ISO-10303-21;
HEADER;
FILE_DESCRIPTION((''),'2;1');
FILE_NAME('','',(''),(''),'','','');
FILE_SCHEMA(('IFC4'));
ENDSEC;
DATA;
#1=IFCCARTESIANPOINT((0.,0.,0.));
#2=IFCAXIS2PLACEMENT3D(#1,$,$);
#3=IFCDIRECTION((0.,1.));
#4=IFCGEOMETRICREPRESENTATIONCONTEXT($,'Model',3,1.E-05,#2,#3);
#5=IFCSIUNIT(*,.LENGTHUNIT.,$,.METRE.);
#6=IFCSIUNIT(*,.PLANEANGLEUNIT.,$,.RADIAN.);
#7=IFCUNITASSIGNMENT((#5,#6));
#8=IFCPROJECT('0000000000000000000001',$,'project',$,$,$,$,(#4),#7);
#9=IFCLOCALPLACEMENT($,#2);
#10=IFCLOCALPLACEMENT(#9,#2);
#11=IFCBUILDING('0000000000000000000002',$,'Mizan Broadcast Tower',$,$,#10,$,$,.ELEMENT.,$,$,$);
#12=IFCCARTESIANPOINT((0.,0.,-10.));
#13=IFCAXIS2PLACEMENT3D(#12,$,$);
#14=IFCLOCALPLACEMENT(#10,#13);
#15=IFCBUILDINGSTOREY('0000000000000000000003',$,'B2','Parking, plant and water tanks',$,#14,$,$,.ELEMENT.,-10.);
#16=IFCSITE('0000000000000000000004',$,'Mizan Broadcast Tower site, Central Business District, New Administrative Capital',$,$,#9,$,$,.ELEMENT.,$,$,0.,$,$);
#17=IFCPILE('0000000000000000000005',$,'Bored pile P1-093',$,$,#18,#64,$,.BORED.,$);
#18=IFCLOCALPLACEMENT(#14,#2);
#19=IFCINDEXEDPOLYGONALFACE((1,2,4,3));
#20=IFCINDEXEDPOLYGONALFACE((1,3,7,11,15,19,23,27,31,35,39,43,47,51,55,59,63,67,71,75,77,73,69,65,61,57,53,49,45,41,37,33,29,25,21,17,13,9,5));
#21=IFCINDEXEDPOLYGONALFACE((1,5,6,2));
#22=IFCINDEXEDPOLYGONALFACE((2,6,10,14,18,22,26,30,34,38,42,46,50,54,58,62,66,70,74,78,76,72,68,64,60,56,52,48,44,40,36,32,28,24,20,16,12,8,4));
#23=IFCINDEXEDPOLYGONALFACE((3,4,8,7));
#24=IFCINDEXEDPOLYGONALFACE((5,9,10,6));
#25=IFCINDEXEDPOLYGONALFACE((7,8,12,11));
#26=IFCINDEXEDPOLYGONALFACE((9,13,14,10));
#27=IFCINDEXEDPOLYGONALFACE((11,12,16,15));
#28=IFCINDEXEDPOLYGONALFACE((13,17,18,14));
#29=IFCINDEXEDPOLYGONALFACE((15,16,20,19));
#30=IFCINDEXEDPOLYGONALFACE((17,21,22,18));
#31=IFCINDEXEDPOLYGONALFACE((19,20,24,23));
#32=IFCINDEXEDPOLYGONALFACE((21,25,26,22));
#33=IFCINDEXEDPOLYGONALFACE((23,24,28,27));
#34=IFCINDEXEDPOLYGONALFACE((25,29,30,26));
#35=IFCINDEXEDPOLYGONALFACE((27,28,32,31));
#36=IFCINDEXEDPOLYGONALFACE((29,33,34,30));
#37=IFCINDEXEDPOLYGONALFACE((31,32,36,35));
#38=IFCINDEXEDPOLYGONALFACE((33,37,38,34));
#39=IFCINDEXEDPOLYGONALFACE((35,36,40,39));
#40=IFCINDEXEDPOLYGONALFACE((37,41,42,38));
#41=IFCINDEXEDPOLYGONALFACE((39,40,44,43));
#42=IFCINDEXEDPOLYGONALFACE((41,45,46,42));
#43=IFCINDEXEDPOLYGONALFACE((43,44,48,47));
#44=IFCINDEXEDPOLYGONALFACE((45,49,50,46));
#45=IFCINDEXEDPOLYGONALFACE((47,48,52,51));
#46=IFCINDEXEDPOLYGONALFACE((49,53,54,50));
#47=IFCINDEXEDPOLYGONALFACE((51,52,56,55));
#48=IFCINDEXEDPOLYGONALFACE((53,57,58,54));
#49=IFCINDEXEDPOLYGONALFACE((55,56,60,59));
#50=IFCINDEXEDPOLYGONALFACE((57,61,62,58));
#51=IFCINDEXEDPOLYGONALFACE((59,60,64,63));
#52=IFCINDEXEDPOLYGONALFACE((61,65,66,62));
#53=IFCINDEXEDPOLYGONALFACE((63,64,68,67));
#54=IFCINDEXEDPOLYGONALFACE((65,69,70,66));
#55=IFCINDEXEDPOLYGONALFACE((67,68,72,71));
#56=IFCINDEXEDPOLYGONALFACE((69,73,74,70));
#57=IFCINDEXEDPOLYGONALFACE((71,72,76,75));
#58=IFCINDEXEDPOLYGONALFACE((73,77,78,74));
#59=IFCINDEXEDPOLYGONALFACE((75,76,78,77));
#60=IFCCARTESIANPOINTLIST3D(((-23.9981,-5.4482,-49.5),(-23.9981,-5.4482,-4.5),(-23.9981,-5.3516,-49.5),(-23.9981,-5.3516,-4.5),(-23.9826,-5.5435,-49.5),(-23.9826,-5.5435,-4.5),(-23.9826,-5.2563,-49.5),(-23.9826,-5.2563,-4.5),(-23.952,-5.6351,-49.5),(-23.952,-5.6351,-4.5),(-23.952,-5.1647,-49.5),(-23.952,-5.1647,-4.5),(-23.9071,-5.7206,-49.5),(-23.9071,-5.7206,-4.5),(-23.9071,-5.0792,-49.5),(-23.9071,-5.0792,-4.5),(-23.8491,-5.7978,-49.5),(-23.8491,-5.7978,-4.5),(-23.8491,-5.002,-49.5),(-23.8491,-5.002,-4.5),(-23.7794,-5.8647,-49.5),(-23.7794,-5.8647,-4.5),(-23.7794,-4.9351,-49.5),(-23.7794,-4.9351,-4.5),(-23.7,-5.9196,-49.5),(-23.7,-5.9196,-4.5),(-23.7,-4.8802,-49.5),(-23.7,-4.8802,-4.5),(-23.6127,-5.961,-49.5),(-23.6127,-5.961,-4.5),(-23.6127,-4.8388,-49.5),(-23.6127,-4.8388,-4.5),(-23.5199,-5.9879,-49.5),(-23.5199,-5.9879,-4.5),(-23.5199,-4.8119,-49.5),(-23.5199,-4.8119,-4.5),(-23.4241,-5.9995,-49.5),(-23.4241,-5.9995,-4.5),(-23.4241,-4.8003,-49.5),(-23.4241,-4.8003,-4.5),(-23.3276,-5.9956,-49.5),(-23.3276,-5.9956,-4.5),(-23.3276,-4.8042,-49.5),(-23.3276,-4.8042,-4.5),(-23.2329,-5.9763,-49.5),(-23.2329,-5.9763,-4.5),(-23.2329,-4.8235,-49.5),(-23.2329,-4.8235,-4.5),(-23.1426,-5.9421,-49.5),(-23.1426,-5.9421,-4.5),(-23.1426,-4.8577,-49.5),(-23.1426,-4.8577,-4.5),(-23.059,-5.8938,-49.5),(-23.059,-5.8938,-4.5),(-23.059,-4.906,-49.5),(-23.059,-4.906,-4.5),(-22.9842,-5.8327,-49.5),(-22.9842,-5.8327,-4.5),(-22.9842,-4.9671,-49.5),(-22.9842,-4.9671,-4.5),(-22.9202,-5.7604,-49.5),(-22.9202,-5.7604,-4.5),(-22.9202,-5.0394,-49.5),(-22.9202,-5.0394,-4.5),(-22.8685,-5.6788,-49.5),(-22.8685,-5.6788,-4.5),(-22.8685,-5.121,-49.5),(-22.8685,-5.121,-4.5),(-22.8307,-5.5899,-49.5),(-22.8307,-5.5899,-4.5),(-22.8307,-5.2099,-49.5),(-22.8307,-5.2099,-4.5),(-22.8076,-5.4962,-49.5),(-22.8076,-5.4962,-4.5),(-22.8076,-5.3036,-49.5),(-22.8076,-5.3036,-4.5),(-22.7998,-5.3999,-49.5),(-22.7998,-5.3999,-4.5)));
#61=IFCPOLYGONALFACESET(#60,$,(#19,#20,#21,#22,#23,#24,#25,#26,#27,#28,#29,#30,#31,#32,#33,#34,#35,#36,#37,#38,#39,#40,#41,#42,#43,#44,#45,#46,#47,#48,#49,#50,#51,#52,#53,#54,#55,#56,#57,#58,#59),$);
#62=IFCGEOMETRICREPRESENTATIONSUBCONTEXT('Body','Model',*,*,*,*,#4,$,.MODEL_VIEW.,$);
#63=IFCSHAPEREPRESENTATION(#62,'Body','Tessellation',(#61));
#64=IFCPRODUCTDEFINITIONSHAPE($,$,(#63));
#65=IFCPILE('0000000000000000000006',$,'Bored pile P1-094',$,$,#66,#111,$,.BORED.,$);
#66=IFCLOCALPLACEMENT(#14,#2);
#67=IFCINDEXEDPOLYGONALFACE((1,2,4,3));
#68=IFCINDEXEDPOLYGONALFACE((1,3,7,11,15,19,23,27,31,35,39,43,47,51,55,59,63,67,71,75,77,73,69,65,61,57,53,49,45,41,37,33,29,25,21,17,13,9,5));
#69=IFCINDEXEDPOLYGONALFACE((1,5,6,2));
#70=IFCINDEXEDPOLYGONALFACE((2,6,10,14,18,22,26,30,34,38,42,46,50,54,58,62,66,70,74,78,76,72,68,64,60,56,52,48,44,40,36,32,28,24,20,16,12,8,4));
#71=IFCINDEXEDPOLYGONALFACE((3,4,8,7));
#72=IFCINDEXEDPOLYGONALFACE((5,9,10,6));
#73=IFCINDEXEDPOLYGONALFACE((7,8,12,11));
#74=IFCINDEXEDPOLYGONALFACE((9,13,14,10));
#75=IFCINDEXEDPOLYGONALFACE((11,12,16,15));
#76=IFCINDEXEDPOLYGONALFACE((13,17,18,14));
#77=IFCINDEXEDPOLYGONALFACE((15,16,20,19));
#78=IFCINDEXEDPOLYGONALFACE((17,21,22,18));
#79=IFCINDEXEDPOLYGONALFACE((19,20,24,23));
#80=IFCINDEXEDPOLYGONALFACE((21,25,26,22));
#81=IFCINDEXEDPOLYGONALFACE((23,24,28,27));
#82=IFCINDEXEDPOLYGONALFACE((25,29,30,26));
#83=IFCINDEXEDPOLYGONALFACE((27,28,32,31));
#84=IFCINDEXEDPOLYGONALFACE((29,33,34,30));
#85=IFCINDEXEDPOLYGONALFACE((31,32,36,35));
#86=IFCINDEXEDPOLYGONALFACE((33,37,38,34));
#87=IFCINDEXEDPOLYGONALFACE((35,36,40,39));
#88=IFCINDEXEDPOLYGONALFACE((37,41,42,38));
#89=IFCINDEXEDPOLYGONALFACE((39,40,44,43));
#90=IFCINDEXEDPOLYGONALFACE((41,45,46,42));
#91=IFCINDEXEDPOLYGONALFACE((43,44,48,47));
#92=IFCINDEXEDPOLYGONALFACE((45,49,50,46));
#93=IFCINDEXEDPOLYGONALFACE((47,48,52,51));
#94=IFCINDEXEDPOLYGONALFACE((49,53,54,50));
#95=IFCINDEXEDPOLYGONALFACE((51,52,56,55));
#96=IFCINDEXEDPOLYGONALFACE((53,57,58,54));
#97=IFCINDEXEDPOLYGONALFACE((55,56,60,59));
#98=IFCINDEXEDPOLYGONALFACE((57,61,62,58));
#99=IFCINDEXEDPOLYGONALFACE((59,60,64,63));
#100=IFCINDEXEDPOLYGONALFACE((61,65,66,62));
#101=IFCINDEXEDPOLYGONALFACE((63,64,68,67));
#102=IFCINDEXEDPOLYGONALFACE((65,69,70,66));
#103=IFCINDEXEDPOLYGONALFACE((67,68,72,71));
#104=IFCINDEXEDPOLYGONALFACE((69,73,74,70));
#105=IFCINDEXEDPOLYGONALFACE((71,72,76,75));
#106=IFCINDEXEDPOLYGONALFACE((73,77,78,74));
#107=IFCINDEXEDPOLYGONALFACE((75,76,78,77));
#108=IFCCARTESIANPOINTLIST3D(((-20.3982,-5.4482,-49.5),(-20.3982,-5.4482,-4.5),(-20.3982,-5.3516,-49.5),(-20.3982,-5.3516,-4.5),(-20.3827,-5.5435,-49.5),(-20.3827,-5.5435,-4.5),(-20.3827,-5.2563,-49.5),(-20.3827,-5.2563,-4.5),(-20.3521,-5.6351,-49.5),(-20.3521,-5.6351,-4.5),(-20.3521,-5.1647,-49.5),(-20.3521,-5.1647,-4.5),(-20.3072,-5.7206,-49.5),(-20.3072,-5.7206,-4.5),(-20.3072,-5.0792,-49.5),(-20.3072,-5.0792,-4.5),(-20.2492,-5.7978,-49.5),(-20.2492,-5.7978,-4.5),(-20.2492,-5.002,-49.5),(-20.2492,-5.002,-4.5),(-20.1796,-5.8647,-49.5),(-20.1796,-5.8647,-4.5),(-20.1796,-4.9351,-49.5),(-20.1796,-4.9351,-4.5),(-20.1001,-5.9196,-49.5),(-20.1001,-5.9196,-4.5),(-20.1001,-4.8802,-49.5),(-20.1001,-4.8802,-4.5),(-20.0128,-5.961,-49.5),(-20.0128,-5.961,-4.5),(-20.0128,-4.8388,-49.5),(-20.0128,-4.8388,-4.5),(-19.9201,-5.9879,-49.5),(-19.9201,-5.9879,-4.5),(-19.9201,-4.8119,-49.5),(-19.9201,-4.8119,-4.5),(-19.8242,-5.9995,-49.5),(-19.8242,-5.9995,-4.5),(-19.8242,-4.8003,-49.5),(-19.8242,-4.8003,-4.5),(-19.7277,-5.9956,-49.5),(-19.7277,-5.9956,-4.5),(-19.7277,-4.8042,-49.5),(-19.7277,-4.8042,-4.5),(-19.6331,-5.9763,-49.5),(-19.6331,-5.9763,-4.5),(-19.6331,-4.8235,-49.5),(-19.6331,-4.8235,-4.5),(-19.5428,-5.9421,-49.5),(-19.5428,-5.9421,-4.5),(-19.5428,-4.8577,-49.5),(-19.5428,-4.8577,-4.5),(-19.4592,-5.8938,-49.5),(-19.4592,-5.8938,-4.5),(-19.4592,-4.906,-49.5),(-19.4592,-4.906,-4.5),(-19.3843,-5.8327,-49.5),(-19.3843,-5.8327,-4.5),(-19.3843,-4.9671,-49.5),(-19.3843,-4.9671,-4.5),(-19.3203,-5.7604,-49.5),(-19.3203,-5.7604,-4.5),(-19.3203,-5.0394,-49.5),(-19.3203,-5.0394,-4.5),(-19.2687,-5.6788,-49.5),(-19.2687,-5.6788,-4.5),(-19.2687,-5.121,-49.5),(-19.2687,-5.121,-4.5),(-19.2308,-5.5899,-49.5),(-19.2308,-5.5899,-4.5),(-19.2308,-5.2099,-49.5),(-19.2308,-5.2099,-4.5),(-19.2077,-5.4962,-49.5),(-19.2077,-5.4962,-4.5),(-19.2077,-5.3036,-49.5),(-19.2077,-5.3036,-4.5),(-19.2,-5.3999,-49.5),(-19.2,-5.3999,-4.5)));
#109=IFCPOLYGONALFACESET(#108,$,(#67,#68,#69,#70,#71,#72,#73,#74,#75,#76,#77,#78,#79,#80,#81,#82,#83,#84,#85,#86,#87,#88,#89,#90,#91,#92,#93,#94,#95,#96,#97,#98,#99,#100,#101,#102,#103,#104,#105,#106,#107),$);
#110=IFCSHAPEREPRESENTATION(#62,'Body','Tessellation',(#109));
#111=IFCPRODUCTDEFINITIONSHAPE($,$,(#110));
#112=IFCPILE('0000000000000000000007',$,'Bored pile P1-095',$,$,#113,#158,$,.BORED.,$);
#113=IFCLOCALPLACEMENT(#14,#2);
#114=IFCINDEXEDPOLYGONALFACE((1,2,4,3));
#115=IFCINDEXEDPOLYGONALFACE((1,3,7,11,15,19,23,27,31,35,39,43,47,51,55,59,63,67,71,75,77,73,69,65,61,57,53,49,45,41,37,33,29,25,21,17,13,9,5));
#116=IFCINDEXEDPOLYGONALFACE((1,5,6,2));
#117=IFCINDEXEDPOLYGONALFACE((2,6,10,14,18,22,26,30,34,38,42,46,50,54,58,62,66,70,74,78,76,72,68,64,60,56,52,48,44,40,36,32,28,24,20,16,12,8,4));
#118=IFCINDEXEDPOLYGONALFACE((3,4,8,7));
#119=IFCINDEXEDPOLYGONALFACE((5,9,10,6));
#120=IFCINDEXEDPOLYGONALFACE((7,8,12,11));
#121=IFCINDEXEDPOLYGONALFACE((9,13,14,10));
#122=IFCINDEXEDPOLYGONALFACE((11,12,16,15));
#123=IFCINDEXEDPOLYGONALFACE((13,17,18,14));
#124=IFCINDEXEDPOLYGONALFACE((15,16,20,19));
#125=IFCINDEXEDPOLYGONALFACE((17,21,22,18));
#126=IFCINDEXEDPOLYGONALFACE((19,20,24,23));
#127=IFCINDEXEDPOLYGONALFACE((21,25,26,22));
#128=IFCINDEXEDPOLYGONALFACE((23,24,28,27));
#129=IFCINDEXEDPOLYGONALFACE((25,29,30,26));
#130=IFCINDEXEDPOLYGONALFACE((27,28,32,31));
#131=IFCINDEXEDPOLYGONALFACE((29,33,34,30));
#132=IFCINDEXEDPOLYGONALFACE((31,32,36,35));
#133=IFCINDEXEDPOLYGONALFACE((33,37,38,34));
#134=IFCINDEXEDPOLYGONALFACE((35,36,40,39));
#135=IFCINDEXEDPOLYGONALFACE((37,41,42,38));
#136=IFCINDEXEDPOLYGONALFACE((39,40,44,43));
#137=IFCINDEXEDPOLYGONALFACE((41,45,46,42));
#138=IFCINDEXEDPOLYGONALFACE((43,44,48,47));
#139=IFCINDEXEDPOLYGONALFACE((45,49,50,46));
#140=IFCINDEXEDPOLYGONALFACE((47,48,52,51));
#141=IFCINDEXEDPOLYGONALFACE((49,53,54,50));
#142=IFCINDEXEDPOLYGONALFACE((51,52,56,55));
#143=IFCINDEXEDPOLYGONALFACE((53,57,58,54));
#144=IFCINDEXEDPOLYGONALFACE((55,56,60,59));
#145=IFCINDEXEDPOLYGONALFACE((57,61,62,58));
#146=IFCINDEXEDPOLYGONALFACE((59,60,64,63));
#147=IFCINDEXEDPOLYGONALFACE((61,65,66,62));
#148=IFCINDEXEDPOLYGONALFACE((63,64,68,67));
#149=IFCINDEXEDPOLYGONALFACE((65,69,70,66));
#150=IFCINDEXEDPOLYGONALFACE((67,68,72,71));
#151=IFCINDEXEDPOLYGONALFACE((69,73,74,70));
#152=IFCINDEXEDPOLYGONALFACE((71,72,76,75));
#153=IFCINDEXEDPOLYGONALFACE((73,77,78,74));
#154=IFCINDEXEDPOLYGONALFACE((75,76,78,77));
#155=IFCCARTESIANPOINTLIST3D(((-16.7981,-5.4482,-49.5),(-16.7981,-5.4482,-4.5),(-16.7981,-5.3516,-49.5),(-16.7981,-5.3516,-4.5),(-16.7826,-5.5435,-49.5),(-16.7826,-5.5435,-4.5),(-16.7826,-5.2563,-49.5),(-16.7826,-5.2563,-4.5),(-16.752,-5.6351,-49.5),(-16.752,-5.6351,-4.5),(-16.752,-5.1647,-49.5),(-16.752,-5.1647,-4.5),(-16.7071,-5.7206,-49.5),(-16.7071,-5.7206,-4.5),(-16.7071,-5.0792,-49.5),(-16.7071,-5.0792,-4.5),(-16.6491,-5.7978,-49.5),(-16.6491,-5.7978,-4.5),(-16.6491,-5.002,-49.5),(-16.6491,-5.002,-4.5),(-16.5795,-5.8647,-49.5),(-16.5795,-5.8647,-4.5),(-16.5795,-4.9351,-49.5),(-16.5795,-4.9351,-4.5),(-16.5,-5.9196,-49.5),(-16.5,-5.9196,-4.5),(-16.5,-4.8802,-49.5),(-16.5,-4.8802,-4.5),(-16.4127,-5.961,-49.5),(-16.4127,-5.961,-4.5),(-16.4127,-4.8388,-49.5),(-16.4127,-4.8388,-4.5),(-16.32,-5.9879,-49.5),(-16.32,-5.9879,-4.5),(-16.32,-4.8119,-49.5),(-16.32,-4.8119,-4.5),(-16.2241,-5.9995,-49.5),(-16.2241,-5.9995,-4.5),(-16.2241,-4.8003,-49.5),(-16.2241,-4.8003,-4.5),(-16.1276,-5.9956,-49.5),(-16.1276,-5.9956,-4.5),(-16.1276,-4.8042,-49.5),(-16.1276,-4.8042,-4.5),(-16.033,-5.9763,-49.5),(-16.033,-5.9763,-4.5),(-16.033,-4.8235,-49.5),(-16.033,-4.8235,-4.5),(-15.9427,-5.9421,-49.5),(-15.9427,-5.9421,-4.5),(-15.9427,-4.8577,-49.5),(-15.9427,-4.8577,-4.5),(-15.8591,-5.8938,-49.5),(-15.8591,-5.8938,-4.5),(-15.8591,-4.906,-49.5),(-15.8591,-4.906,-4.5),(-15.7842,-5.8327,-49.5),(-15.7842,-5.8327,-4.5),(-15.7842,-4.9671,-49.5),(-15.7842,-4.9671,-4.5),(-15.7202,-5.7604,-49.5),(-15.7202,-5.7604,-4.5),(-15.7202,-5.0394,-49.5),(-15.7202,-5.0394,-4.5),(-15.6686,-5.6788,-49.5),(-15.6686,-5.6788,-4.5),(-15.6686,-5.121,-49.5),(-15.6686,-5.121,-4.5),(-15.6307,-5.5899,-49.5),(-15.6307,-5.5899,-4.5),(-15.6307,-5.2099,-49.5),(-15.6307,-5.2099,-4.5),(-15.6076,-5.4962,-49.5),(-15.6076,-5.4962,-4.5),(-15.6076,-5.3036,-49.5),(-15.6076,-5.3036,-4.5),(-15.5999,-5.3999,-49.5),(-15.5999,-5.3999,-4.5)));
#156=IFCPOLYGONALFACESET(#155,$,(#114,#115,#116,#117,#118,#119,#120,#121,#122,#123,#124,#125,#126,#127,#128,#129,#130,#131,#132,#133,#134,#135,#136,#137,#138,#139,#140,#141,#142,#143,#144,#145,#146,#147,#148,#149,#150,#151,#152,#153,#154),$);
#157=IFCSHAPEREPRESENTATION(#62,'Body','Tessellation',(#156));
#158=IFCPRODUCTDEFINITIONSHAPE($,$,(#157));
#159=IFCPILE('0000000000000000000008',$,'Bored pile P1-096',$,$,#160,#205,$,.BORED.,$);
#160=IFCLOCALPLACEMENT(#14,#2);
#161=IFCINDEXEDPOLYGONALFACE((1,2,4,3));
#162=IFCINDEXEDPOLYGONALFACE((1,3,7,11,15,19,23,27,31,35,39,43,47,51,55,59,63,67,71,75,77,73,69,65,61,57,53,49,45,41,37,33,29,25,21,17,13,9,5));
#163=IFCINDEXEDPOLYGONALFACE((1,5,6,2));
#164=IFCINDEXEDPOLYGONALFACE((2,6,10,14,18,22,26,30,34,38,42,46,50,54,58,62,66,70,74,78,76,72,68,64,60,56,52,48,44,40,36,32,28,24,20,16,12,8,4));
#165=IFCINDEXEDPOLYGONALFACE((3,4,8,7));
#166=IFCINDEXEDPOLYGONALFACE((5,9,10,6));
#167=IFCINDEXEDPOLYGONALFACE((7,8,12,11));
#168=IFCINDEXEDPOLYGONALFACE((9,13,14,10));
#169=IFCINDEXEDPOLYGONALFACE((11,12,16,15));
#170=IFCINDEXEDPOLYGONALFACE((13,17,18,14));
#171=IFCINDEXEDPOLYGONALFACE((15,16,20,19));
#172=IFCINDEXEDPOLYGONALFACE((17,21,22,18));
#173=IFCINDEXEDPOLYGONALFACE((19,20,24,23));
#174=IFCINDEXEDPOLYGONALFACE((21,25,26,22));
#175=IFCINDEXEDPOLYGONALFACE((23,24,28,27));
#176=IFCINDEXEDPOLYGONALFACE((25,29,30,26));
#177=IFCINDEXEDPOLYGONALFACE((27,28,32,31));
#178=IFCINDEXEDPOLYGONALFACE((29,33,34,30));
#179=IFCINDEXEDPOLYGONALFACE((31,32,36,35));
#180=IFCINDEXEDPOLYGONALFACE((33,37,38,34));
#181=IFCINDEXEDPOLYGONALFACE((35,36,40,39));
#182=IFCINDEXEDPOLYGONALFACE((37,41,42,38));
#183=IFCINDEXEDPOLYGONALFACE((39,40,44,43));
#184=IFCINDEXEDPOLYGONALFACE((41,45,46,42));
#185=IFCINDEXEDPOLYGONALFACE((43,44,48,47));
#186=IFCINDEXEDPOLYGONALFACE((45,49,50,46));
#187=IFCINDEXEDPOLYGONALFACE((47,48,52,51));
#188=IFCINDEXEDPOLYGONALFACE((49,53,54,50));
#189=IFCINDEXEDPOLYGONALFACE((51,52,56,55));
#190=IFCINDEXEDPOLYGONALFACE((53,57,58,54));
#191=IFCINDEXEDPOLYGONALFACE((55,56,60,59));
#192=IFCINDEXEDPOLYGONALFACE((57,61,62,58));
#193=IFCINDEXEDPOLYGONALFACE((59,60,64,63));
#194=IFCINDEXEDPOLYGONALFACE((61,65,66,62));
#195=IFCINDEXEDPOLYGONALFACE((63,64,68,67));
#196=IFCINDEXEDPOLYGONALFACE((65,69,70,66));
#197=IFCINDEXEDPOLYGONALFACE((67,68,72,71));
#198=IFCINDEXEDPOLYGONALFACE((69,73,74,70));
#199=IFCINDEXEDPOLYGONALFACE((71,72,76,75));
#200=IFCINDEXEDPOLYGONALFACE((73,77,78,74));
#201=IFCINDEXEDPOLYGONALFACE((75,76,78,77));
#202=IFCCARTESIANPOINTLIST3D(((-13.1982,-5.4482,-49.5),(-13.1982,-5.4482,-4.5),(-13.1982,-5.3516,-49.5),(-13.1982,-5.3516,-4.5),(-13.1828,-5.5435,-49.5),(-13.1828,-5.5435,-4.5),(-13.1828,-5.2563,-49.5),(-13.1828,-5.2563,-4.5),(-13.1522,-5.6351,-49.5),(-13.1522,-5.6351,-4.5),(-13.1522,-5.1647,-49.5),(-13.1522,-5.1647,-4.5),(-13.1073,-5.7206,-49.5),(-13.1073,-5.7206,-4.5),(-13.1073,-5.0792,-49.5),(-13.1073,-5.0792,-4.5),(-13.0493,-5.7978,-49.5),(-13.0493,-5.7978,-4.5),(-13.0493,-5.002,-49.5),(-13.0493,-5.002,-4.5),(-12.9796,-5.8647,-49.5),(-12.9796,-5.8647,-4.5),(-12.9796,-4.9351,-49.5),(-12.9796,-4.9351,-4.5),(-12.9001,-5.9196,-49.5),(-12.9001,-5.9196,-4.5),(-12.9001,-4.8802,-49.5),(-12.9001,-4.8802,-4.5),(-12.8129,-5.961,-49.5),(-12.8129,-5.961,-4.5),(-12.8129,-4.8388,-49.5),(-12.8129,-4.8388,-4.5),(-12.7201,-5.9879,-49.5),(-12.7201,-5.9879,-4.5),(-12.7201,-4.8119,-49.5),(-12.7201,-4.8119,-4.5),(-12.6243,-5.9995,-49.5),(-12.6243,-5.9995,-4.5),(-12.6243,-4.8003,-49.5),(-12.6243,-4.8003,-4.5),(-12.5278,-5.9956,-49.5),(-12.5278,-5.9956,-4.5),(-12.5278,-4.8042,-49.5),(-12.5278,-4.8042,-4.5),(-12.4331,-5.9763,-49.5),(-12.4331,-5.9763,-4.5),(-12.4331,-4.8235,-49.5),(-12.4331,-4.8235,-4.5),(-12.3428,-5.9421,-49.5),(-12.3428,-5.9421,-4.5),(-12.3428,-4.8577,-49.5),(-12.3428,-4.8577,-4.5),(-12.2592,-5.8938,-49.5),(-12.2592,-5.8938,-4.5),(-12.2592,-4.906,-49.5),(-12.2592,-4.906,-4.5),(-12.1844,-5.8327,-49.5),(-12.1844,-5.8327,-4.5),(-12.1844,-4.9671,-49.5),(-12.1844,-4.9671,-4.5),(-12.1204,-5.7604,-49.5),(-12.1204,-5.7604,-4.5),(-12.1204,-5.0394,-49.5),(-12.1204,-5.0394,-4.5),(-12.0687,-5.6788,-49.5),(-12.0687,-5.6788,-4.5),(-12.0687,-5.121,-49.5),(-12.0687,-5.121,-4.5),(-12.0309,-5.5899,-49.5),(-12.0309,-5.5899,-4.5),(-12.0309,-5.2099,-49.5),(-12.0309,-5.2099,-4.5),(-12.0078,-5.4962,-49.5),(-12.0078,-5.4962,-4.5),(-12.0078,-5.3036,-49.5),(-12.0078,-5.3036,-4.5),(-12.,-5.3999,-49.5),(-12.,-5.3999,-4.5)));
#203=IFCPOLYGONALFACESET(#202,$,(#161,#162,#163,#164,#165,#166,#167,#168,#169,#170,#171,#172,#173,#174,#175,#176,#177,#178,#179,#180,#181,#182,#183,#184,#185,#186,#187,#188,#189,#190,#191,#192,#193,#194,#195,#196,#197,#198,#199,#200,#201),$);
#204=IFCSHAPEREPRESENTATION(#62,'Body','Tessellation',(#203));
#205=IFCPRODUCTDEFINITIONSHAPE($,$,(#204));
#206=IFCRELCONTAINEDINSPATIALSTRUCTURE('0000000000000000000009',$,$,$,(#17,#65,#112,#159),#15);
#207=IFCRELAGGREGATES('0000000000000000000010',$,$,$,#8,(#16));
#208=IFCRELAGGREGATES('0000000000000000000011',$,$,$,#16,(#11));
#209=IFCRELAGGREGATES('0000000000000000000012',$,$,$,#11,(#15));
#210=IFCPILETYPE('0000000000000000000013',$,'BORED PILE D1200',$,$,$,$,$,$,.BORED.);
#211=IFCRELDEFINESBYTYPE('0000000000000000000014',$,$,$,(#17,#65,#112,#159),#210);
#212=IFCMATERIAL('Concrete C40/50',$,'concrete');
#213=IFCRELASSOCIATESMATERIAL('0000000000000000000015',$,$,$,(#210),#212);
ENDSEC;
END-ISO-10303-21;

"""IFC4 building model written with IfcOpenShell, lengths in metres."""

from ifc_helpers import new_model, si_unit, direction, frame, origin, origin_2d, place, context, subcontext, project, spatial, circle, extrude, material, material_profile, profile_set, type_object, element, save


model = new_model("IFC4")

# Units and contexts
model_context = context("Model", 3, precision=1e-05, world=origin(), true_north=direction((0.0, 1.0)))
body_context = subcontext(model_context, "Body", "Model", "MODEL_VIEW")
ifc_project = project(units=[si_unit("LENGTHUNIT", "METRE"), si_unit("PLANEANGLEUNIT", "RADIAN")], contexts=[model_context])

# Site, building, storey
site_placement = place(None, origin())
site = spatial("IfcSite", under=ifc_project, at=site_placement, Name="Mizan Broadcast Tower site, Central Business District, New Administrative Capital", CompositionType="ELEMENT", RefElevation=0.0)
building_placement = place(site_placement, origin())
building = spatial("IfcBuilding", under=site, at=building_placement, Name="Mizan Broadcast Tower", CompositionType="ELEMENT")
storey_placement = place(building_placement, frame((0.0, 0.0, -10.0)))
storey = spatial("IfcBuildingStorey", under=building, at=storey_placement, Name="B2", Description="Parking, plant and water tanks", CompositionType="ELEMENT", Elevation=-10.0)

# Piles
ifc_material_1 = material(Name="Concrete C40/50", Category="concrete")
ifc_material_profile_1 = material_profile(ifc_material_1, circle(Radius=0.6001, at=origin_2d()), Name="D1200")
ifc_profile_set_1 = profile_set([ifc_material_profile_1], Name="Concrete C40/50")
pile_type_1 = type_object("IfcPileType", Name="BORED PILE D1200", PredefinedType="BORED", material=ifc_profile_set_1)
for number, where, z_axis, x_axis, name in (
    (1, (-23.3999, -5.3999, -4.5), (0.0, 0.0, -1.0), (1.0, 0.0, 0.0), "Bored pile P1-093"),
    (2, (-19.8, -5.3999, -4.5), (0.0, 0.0, -1.0), (1.0, 0.0, 0.0), "Bored pile P1-094"),
    (3, (-16.2, -5.3999, -4.5), (0.0, 0.0, -1.0), (1.0, 0.0, 0.0), "Bored pile P1-095"),
    (4, (-12.6001, -5.3999, -4.5), (0.0, 0.0, -1.0), (1.0, 0.0, 0.0), "Bored pile P1-096"),
):
    element("IfcPile", number, at=place(storey_placement, frame(where, z_axis=z_axis, x_axis=x_axis)), inside=storey, type_object=pile_type_1, Name=name, PredefinedType="BORED", context=body_context, shape_type="SweptSolid", body=[
        extrude(circle(Radius=0.6001, at=origin_2d()), origin(), (0.0, 0.0, 1.0), 45.0),
    ])

save(model, "model.ifc")
